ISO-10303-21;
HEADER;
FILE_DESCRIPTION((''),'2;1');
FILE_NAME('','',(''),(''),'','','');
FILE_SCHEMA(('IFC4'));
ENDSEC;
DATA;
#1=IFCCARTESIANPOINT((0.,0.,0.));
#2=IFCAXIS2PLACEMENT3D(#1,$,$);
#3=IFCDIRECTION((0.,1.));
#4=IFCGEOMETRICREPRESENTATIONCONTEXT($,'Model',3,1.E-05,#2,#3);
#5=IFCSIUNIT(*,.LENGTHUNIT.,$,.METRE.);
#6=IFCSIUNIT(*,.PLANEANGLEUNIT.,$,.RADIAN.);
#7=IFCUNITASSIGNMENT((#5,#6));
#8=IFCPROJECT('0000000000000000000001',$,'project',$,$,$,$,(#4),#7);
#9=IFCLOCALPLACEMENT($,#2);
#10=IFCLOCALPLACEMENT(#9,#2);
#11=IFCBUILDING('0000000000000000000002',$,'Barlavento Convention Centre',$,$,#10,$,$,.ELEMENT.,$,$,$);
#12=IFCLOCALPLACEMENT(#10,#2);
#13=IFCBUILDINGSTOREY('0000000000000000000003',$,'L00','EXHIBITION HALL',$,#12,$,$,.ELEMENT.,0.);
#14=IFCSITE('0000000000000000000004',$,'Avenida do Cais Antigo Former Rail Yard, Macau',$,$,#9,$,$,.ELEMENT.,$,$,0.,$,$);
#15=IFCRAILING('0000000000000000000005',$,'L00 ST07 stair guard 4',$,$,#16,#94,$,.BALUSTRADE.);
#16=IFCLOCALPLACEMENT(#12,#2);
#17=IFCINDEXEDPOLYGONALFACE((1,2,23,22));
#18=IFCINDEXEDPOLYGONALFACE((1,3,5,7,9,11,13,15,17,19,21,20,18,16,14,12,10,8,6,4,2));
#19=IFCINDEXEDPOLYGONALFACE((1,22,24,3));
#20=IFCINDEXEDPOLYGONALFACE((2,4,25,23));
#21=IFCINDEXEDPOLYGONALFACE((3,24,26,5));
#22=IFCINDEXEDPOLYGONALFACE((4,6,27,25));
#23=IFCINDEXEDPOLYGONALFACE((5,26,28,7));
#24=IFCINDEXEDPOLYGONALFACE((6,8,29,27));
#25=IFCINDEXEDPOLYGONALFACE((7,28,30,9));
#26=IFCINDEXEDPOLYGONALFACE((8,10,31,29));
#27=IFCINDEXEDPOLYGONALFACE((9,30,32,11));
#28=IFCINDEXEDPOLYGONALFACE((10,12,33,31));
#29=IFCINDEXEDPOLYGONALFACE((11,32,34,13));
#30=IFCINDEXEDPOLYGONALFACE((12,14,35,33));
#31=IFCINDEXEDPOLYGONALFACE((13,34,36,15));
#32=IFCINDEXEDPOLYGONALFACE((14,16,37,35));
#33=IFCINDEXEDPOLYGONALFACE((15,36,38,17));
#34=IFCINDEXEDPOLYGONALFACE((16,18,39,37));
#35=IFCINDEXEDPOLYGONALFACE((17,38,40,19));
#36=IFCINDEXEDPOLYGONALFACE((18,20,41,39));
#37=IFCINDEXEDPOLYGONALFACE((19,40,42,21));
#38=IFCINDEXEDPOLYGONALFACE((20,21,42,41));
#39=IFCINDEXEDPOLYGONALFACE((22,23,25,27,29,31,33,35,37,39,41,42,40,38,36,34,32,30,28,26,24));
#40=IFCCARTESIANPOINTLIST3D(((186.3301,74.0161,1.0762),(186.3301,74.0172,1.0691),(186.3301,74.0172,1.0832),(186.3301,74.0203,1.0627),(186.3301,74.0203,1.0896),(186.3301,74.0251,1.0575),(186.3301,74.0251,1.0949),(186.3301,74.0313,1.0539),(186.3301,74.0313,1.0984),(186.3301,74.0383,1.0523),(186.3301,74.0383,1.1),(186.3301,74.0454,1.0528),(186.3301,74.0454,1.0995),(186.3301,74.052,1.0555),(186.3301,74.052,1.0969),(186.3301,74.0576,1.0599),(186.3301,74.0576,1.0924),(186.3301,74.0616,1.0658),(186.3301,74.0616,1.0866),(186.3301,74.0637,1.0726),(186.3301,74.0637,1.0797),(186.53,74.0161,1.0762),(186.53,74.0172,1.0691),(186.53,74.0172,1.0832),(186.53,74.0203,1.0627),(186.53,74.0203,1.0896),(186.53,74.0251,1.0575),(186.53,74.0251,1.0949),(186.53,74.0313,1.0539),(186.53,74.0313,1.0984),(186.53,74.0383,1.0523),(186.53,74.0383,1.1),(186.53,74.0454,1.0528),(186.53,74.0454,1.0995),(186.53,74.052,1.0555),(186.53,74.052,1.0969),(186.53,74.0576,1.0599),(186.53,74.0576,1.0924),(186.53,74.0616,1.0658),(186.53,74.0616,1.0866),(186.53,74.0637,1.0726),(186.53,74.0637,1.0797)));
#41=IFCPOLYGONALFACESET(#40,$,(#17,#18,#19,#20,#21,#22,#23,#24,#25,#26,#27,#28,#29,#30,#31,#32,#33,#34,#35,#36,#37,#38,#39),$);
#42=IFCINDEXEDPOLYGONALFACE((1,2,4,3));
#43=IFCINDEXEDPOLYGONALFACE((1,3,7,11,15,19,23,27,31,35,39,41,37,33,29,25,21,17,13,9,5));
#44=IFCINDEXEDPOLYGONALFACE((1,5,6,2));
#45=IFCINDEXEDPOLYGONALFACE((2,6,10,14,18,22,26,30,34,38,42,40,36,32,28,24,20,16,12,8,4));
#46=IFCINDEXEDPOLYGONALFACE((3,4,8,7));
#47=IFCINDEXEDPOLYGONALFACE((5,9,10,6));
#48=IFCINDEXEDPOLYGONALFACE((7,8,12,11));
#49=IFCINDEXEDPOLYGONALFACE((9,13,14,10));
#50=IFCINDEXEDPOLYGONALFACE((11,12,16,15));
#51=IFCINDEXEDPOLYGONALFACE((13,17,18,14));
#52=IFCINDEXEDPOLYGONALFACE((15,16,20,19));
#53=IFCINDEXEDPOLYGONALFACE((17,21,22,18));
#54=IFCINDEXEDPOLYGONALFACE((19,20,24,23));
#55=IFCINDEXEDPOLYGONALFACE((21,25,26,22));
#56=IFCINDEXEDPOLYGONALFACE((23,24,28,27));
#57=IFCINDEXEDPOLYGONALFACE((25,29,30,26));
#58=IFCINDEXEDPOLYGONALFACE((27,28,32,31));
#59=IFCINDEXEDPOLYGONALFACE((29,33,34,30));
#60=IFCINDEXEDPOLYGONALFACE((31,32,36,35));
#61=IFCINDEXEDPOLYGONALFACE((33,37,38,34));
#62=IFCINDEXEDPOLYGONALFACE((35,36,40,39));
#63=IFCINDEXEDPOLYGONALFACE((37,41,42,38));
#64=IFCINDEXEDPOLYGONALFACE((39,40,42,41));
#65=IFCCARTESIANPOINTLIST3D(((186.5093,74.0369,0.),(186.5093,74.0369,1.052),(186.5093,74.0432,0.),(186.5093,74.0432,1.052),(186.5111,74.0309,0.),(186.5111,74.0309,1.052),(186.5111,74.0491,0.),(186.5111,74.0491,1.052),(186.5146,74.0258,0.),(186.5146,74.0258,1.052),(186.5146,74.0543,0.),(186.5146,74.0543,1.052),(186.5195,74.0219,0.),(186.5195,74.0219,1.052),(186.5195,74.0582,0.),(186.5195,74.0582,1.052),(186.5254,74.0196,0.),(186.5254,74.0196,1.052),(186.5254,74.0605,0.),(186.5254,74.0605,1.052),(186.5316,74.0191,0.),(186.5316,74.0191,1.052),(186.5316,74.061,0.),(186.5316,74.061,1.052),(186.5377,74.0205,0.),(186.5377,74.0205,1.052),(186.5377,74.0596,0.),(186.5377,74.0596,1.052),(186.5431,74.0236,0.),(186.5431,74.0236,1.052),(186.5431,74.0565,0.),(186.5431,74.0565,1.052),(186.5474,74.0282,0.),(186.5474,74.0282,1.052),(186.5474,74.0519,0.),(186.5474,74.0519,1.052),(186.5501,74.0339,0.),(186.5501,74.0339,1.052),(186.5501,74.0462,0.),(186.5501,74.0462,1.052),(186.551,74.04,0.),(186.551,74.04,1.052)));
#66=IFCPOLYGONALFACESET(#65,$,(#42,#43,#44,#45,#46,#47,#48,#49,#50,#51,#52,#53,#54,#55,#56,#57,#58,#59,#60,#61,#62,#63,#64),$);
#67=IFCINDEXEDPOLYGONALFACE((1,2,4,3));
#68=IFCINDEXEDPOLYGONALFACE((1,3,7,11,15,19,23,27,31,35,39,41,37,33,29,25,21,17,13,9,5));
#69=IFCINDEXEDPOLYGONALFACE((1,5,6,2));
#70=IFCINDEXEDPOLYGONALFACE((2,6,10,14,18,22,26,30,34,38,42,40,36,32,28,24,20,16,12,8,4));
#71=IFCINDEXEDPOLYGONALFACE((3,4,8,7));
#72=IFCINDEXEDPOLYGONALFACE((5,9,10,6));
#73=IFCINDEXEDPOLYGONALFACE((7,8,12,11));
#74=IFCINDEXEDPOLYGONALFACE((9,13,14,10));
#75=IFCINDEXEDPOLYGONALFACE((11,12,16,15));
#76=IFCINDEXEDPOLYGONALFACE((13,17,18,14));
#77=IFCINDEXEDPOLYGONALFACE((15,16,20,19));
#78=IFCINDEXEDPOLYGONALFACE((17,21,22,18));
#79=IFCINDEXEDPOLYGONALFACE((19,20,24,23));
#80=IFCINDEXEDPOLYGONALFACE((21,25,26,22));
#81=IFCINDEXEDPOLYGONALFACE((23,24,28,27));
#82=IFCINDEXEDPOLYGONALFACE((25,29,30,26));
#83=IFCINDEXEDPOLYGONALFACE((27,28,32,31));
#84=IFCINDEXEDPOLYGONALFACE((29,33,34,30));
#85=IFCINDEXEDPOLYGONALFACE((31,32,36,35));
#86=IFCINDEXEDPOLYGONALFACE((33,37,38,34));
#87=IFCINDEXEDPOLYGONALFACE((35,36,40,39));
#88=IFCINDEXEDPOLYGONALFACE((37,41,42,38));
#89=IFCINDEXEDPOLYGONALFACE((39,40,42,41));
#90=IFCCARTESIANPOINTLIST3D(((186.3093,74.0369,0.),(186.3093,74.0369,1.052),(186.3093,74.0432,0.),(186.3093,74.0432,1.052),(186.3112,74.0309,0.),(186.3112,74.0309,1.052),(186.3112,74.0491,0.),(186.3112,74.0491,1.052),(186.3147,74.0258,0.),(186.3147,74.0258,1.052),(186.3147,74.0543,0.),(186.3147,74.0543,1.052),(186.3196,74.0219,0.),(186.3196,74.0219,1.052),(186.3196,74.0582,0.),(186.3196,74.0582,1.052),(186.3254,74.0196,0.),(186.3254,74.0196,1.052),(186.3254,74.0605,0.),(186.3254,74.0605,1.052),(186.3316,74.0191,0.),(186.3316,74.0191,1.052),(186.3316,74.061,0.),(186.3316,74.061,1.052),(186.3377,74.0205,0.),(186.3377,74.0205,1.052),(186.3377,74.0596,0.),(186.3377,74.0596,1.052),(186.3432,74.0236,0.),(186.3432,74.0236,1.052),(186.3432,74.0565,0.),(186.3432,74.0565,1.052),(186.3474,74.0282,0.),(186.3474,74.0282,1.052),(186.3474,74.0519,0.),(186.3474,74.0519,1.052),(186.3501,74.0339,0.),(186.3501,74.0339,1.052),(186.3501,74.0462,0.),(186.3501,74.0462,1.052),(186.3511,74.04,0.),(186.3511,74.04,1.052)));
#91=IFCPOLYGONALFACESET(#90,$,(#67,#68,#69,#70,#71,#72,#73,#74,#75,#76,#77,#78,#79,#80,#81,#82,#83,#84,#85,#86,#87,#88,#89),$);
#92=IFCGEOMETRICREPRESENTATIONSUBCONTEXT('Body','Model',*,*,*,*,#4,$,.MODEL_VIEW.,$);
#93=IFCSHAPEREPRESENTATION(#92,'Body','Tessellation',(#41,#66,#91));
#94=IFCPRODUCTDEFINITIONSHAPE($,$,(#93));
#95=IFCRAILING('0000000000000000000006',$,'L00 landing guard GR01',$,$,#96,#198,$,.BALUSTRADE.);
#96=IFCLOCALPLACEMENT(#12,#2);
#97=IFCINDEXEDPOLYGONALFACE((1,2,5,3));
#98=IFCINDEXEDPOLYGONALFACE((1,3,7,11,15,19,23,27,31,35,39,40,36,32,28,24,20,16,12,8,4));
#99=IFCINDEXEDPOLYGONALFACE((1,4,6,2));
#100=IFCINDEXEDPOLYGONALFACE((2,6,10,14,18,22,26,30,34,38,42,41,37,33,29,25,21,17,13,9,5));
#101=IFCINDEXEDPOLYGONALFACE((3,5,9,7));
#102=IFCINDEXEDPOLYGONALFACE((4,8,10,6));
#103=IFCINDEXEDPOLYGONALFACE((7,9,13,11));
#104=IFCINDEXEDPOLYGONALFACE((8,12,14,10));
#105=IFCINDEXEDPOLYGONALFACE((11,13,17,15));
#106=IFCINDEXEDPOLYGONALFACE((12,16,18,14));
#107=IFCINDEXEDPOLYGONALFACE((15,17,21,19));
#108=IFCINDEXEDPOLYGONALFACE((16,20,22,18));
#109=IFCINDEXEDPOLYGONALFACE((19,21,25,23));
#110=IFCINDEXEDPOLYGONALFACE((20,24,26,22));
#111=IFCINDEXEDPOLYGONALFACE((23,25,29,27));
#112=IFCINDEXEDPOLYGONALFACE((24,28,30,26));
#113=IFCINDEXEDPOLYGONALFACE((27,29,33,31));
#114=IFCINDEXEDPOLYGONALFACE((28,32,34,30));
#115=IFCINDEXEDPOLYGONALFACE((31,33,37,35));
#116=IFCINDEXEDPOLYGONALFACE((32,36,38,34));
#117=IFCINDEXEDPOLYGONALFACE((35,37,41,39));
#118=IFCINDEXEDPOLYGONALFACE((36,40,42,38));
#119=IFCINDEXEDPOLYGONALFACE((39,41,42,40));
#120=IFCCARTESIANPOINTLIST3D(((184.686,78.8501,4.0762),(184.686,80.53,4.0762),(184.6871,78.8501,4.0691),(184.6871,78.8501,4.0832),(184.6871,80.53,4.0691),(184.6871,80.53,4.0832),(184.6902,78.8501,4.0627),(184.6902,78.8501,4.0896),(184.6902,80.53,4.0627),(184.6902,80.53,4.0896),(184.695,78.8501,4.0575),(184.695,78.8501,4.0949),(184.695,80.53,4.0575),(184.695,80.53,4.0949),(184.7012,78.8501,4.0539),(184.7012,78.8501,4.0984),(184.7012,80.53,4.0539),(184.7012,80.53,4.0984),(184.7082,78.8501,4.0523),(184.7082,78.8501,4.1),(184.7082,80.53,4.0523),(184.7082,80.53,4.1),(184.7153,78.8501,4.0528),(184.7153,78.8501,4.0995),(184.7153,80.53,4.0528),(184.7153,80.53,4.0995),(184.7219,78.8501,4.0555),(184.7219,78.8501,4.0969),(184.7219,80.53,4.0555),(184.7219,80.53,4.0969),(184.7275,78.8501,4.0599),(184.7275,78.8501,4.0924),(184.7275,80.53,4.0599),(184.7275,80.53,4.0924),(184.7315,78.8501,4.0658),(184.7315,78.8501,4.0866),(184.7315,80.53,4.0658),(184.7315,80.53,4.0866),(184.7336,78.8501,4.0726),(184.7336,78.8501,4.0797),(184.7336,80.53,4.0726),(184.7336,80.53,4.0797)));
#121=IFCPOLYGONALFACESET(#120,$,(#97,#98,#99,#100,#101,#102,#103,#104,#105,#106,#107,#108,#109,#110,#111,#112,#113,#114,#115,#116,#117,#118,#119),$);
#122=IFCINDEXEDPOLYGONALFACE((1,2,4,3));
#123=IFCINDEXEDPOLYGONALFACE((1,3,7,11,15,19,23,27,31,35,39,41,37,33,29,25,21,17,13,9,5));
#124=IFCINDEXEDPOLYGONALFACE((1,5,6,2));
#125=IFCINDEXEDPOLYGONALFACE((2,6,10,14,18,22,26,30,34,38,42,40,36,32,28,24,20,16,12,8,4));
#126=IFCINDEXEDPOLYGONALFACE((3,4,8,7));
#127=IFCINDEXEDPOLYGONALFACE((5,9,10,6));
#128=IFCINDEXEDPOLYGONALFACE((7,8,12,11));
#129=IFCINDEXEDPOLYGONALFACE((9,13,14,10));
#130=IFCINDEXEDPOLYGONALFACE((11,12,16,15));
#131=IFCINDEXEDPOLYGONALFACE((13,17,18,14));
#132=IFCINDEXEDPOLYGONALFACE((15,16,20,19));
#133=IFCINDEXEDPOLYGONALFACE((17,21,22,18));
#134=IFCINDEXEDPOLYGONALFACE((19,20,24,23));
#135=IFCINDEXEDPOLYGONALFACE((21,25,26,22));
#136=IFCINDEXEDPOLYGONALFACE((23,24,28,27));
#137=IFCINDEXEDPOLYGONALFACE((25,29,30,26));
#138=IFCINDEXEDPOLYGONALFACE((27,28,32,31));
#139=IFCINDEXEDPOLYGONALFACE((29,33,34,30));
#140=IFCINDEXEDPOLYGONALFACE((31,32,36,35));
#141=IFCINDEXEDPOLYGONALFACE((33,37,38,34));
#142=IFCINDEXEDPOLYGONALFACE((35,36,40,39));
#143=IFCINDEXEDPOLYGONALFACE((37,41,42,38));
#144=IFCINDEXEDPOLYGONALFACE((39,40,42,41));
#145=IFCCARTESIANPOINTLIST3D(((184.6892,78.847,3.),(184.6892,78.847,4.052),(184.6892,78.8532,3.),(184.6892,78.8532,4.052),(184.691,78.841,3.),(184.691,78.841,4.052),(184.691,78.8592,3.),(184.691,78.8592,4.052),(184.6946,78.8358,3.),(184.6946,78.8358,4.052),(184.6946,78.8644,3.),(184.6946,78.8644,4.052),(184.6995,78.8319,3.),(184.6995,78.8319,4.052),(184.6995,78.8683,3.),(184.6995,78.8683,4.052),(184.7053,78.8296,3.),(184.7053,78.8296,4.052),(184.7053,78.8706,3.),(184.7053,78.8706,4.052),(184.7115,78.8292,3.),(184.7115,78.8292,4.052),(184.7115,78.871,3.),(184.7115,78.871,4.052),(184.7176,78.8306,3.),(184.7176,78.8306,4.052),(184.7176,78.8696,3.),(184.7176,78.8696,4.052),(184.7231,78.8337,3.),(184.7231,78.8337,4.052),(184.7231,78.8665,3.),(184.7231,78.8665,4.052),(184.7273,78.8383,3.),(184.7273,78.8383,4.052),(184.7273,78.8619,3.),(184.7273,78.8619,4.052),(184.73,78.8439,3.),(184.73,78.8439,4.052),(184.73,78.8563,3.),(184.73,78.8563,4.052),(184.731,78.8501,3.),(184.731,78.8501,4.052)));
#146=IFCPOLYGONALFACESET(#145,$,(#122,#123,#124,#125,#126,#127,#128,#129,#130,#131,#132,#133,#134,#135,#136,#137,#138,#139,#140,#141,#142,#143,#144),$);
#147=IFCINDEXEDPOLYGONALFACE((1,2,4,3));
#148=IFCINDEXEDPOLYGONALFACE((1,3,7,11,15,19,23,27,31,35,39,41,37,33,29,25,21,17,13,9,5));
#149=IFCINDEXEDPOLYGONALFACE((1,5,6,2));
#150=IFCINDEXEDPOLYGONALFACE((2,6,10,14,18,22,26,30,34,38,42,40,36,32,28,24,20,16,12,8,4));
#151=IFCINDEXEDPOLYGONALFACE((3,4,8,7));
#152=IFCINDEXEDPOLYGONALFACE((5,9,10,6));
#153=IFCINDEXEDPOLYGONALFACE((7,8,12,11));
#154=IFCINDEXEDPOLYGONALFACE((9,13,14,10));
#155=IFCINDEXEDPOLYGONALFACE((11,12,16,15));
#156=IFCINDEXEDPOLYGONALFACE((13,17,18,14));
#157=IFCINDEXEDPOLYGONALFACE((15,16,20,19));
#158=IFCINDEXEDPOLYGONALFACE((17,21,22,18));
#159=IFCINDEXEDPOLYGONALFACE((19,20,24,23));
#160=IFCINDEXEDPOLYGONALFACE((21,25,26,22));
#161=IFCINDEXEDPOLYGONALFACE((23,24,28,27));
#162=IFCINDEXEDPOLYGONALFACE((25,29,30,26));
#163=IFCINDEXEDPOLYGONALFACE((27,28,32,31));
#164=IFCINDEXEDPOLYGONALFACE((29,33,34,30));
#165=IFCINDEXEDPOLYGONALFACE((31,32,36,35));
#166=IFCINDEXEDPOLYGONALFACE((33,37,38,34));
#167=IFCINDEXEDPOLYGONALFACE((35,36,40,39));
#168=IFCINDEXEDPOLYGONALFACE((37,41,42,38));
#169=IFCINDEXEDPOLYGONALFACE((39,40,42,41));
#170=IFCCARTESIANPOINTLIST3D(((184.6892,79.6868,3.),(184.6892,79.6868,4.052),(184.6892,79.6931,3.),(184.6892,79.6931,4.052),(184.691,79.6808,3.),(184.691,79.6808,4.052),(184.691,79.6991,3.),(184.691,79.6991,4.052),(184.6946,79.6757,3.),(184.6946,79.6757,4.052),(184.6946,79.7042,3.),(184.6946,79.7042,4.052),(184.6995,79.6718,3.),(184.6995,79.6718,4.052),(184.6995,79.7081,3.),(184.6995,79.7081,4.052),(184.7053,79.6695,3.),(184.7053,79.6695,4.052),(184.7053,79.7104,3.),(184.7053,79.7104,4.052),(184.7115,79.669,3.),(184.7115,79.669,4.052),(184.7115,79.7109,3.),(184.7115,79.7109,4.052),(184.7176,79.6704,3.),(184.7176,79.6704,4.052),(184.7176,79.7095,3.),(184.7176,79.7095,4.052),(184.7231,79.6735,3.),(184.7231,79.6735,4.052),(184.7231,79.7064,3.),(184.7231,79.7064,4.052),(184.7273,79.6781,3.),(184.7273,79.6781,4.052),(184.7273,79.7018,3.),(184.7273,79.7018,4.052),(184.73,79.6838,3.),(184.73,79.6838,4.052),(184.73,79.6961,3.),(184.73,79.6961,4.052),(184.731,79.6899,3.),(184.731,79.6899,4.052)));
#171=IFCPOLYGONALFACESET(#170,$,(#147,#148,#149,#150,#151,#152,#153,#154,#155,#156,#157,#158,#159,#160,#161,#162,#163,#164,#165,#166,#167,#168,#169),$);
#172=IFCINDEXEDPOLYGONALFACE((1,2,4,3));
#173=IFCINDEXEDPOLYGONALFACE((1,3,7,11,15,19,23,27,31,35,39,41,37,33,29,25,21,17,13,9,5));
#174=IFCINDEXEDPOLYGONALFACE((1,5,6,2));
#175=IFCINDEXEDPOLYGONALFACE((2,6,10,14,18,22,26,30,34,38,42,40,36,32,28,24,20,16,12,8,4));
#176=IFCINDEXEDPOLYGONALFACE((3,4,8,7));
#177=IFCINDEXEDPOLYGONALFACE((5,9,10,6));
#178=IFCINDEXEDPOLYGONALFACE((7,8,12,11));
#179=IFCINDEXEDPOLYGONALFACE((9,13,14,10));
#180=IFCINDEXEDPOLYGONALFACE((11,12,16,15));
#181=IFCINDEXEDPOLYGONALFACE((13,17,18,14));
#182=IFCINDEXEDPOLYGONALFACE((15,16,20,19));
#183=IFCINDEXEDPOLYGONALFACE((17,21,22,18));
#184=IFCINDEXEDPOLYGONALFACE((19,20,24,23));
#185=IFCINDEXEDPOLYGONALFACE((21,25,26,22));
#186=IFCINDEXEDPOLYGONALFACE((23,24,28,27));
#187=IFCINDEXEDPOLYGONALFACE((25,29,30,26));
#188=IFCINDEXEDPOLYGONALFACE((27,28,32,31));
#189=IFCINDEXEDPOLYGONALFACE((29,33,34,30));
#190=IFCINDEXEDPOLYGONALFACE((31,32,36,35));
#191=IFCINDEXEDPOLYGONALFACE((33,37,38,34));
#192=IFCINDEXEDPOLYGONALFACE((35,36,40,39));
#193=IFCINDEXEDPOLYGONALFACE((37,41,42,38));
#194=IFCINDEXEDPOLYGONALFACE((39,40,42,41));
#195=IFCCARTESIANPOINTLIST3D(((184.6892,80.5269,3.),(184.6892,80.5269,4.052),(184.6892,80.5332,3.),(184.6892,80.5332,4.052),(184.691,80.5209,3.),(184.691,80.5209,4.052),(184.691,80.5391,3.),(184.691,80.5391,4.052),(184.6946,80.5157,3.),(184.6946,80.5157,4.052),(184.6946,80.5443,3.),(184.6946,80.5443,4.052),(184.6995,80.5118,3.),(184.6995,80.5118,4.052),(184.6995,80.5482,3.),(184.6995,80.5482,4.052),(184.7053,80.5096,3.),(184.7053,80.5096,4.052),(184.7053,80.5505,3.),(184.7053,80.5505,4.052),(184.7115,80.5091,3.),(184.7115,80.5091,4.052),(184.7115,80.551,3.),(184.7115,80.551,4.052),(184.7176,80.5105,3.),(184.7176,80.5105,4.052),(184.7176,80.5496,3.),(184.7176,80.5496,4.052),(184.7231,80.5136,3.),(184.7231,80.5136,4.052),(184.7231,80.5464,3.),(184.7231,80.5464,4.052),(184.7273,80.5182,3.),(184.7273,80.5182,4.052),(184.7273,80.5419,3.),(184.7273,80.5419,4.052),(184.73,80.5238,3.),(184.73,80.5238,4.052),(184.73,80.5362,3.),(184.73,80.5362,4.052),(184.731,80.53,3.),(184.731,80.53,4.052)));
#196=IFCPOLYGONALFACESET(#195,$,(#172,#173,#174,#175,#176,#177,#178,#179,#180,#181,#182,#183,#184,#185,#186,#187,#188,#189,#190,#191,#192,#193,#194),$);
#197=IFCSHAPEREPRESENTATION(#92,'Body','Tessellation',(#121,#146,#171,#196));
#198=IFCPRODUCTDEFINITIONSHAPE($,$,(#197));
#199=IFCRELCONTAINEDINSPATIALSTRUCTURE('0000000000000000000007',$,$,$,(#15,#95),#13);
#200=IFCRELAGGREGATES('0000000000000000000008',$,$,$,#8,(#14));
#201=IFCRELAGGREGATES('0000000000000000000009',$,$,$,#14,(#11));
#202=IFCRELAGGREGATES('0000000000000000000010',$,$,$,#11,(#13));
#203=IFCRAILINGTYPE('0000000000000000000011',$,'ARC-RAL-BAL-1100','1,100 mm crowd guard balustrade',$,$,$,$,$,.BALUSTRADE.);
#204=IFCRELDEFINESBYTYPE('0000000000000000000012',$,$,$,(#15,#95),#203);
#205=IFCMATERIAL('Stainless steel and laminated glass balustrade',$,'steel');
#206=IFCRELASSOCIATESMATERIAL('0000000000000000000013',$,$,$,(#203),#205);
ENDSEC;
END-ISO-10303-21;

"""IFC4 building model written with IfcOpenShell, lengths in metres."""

from ifc_helpers import new_model, si_unit, direction, frame, origin, origin_2d, place, context, subcontext, project, spatial, circle, extrude, material, type_object, element, save


model = new_model("IFC4")

# Units and contexts
model_context = context("Model", 3, precision=1e-05, world=origin(), true_north=direction((0.0, 1.0)))
body_context = subcontext(model_context, "Body", "Model", "MODEL_VIEW")
ifc_project = project(units=[si_unit("LENGTHUNIT", "METRE"), si_unit("PLANEANGLEUNIT", "RADIAN")], contexts=[model_context])

# Site, building, storey
site_placement = place(None, origin())
site = spatial("IfcSite", under=ifc_project, at=site_placement, Name="Avenida do Cais Antigo Former Rail Yard, Macau", CompositionType="ELEMENT", RefElevation=0.0)
building_placement = place(site_placement, origin())
building = spatial("IfcBuilding", under=site, at=building_placement, Name="Barlavento Convention Centre", CompositionType="ELEMENT")
storey_placement = place(building_placement, origin())
storey = spatial("IfcBuildingStorey", under=building, at=storey_placement, Name="L00", Description="EXHIBITION HALL", CompositionType="ELEMENT", Elevation=0.0)

# Railings
ifc_material_1 = material(Name="Stainless steel and laminated glass balustrade", Category="steel")
railing_type_1 = type_object("IfcRailingType", Name="ARC-RAL-BAL-1100", Description="1,100 mm crowd guard balustrade", PredefinedType="BALUSTRADE", material=ifc_material_1)
railing_1_placement = place(storey_placement, frame((186.53, 74.04, 0.0)))
element("IfcRailing", 1, at=railing_1_placement, inside=storey, type_object=railing_type_1, Name="L00 ST07 stair guard 4", PredefinedType="BALUSTRADE", context=body_context, shape_type="SweptSolid", body=[
    extrude(circle(Radius=0.0239, at=origin_2d()), frame((0.0, 0.0, 1.0762), z_axis=(-1.0, 0.0, 0.0), x_axis=(0.0, -1.0, 0.0)), (0.0, 0.0, 1.0), 0.2),
    extrude(circle(Radius=0.021, at=origin_2d()), origin(), (0.0, 0.0, 1.0), 1.052),
    extrude(circle(Radius=0.021, at=origin_2d()), frame((-0.2, 0.0, 0.0)), (0.0, 0.0, 1.0), 1.052),
])
railing_2_placement = place(storey_placement, frame((184.71, 78.8501, 3.0)))
element("IfcRailing", 2, at=railing_2_placement, inside=storey, type_object=railing_type_1, Name="L00 landing guard GR01", PredefinedType="BALUSTRADE", context=body_context, shape_type="SweptSolid", body=[
    extrude(circle(Radius=0.0239, at=origin_2d()), frame((0.0, 0.0, 1.0762), z_axis=(0.0, 1.0, 0.0), x_axis=(-1.0, 0.0, 0.0)), (0.0, 0.0, 1.0), 1.6799),
    extrude(circle(Radius=0.021, at=origin_2d()), origin(), (0.0, 0.0, 1.0), 1.052),
    extrude(circle(Radius=0.021, at=origin_2d()), frame((0.0, 0.8398, 0.0)), (0.0, 0.0, 1.0), 1.052),
    extrude(circle(Radius=0.021, at=origin_2d()), frame((0.0, 1.6799, 0.0)), (0.0, 0.0, 1.0), 1.052),
])

save(model, "model.ifc")
